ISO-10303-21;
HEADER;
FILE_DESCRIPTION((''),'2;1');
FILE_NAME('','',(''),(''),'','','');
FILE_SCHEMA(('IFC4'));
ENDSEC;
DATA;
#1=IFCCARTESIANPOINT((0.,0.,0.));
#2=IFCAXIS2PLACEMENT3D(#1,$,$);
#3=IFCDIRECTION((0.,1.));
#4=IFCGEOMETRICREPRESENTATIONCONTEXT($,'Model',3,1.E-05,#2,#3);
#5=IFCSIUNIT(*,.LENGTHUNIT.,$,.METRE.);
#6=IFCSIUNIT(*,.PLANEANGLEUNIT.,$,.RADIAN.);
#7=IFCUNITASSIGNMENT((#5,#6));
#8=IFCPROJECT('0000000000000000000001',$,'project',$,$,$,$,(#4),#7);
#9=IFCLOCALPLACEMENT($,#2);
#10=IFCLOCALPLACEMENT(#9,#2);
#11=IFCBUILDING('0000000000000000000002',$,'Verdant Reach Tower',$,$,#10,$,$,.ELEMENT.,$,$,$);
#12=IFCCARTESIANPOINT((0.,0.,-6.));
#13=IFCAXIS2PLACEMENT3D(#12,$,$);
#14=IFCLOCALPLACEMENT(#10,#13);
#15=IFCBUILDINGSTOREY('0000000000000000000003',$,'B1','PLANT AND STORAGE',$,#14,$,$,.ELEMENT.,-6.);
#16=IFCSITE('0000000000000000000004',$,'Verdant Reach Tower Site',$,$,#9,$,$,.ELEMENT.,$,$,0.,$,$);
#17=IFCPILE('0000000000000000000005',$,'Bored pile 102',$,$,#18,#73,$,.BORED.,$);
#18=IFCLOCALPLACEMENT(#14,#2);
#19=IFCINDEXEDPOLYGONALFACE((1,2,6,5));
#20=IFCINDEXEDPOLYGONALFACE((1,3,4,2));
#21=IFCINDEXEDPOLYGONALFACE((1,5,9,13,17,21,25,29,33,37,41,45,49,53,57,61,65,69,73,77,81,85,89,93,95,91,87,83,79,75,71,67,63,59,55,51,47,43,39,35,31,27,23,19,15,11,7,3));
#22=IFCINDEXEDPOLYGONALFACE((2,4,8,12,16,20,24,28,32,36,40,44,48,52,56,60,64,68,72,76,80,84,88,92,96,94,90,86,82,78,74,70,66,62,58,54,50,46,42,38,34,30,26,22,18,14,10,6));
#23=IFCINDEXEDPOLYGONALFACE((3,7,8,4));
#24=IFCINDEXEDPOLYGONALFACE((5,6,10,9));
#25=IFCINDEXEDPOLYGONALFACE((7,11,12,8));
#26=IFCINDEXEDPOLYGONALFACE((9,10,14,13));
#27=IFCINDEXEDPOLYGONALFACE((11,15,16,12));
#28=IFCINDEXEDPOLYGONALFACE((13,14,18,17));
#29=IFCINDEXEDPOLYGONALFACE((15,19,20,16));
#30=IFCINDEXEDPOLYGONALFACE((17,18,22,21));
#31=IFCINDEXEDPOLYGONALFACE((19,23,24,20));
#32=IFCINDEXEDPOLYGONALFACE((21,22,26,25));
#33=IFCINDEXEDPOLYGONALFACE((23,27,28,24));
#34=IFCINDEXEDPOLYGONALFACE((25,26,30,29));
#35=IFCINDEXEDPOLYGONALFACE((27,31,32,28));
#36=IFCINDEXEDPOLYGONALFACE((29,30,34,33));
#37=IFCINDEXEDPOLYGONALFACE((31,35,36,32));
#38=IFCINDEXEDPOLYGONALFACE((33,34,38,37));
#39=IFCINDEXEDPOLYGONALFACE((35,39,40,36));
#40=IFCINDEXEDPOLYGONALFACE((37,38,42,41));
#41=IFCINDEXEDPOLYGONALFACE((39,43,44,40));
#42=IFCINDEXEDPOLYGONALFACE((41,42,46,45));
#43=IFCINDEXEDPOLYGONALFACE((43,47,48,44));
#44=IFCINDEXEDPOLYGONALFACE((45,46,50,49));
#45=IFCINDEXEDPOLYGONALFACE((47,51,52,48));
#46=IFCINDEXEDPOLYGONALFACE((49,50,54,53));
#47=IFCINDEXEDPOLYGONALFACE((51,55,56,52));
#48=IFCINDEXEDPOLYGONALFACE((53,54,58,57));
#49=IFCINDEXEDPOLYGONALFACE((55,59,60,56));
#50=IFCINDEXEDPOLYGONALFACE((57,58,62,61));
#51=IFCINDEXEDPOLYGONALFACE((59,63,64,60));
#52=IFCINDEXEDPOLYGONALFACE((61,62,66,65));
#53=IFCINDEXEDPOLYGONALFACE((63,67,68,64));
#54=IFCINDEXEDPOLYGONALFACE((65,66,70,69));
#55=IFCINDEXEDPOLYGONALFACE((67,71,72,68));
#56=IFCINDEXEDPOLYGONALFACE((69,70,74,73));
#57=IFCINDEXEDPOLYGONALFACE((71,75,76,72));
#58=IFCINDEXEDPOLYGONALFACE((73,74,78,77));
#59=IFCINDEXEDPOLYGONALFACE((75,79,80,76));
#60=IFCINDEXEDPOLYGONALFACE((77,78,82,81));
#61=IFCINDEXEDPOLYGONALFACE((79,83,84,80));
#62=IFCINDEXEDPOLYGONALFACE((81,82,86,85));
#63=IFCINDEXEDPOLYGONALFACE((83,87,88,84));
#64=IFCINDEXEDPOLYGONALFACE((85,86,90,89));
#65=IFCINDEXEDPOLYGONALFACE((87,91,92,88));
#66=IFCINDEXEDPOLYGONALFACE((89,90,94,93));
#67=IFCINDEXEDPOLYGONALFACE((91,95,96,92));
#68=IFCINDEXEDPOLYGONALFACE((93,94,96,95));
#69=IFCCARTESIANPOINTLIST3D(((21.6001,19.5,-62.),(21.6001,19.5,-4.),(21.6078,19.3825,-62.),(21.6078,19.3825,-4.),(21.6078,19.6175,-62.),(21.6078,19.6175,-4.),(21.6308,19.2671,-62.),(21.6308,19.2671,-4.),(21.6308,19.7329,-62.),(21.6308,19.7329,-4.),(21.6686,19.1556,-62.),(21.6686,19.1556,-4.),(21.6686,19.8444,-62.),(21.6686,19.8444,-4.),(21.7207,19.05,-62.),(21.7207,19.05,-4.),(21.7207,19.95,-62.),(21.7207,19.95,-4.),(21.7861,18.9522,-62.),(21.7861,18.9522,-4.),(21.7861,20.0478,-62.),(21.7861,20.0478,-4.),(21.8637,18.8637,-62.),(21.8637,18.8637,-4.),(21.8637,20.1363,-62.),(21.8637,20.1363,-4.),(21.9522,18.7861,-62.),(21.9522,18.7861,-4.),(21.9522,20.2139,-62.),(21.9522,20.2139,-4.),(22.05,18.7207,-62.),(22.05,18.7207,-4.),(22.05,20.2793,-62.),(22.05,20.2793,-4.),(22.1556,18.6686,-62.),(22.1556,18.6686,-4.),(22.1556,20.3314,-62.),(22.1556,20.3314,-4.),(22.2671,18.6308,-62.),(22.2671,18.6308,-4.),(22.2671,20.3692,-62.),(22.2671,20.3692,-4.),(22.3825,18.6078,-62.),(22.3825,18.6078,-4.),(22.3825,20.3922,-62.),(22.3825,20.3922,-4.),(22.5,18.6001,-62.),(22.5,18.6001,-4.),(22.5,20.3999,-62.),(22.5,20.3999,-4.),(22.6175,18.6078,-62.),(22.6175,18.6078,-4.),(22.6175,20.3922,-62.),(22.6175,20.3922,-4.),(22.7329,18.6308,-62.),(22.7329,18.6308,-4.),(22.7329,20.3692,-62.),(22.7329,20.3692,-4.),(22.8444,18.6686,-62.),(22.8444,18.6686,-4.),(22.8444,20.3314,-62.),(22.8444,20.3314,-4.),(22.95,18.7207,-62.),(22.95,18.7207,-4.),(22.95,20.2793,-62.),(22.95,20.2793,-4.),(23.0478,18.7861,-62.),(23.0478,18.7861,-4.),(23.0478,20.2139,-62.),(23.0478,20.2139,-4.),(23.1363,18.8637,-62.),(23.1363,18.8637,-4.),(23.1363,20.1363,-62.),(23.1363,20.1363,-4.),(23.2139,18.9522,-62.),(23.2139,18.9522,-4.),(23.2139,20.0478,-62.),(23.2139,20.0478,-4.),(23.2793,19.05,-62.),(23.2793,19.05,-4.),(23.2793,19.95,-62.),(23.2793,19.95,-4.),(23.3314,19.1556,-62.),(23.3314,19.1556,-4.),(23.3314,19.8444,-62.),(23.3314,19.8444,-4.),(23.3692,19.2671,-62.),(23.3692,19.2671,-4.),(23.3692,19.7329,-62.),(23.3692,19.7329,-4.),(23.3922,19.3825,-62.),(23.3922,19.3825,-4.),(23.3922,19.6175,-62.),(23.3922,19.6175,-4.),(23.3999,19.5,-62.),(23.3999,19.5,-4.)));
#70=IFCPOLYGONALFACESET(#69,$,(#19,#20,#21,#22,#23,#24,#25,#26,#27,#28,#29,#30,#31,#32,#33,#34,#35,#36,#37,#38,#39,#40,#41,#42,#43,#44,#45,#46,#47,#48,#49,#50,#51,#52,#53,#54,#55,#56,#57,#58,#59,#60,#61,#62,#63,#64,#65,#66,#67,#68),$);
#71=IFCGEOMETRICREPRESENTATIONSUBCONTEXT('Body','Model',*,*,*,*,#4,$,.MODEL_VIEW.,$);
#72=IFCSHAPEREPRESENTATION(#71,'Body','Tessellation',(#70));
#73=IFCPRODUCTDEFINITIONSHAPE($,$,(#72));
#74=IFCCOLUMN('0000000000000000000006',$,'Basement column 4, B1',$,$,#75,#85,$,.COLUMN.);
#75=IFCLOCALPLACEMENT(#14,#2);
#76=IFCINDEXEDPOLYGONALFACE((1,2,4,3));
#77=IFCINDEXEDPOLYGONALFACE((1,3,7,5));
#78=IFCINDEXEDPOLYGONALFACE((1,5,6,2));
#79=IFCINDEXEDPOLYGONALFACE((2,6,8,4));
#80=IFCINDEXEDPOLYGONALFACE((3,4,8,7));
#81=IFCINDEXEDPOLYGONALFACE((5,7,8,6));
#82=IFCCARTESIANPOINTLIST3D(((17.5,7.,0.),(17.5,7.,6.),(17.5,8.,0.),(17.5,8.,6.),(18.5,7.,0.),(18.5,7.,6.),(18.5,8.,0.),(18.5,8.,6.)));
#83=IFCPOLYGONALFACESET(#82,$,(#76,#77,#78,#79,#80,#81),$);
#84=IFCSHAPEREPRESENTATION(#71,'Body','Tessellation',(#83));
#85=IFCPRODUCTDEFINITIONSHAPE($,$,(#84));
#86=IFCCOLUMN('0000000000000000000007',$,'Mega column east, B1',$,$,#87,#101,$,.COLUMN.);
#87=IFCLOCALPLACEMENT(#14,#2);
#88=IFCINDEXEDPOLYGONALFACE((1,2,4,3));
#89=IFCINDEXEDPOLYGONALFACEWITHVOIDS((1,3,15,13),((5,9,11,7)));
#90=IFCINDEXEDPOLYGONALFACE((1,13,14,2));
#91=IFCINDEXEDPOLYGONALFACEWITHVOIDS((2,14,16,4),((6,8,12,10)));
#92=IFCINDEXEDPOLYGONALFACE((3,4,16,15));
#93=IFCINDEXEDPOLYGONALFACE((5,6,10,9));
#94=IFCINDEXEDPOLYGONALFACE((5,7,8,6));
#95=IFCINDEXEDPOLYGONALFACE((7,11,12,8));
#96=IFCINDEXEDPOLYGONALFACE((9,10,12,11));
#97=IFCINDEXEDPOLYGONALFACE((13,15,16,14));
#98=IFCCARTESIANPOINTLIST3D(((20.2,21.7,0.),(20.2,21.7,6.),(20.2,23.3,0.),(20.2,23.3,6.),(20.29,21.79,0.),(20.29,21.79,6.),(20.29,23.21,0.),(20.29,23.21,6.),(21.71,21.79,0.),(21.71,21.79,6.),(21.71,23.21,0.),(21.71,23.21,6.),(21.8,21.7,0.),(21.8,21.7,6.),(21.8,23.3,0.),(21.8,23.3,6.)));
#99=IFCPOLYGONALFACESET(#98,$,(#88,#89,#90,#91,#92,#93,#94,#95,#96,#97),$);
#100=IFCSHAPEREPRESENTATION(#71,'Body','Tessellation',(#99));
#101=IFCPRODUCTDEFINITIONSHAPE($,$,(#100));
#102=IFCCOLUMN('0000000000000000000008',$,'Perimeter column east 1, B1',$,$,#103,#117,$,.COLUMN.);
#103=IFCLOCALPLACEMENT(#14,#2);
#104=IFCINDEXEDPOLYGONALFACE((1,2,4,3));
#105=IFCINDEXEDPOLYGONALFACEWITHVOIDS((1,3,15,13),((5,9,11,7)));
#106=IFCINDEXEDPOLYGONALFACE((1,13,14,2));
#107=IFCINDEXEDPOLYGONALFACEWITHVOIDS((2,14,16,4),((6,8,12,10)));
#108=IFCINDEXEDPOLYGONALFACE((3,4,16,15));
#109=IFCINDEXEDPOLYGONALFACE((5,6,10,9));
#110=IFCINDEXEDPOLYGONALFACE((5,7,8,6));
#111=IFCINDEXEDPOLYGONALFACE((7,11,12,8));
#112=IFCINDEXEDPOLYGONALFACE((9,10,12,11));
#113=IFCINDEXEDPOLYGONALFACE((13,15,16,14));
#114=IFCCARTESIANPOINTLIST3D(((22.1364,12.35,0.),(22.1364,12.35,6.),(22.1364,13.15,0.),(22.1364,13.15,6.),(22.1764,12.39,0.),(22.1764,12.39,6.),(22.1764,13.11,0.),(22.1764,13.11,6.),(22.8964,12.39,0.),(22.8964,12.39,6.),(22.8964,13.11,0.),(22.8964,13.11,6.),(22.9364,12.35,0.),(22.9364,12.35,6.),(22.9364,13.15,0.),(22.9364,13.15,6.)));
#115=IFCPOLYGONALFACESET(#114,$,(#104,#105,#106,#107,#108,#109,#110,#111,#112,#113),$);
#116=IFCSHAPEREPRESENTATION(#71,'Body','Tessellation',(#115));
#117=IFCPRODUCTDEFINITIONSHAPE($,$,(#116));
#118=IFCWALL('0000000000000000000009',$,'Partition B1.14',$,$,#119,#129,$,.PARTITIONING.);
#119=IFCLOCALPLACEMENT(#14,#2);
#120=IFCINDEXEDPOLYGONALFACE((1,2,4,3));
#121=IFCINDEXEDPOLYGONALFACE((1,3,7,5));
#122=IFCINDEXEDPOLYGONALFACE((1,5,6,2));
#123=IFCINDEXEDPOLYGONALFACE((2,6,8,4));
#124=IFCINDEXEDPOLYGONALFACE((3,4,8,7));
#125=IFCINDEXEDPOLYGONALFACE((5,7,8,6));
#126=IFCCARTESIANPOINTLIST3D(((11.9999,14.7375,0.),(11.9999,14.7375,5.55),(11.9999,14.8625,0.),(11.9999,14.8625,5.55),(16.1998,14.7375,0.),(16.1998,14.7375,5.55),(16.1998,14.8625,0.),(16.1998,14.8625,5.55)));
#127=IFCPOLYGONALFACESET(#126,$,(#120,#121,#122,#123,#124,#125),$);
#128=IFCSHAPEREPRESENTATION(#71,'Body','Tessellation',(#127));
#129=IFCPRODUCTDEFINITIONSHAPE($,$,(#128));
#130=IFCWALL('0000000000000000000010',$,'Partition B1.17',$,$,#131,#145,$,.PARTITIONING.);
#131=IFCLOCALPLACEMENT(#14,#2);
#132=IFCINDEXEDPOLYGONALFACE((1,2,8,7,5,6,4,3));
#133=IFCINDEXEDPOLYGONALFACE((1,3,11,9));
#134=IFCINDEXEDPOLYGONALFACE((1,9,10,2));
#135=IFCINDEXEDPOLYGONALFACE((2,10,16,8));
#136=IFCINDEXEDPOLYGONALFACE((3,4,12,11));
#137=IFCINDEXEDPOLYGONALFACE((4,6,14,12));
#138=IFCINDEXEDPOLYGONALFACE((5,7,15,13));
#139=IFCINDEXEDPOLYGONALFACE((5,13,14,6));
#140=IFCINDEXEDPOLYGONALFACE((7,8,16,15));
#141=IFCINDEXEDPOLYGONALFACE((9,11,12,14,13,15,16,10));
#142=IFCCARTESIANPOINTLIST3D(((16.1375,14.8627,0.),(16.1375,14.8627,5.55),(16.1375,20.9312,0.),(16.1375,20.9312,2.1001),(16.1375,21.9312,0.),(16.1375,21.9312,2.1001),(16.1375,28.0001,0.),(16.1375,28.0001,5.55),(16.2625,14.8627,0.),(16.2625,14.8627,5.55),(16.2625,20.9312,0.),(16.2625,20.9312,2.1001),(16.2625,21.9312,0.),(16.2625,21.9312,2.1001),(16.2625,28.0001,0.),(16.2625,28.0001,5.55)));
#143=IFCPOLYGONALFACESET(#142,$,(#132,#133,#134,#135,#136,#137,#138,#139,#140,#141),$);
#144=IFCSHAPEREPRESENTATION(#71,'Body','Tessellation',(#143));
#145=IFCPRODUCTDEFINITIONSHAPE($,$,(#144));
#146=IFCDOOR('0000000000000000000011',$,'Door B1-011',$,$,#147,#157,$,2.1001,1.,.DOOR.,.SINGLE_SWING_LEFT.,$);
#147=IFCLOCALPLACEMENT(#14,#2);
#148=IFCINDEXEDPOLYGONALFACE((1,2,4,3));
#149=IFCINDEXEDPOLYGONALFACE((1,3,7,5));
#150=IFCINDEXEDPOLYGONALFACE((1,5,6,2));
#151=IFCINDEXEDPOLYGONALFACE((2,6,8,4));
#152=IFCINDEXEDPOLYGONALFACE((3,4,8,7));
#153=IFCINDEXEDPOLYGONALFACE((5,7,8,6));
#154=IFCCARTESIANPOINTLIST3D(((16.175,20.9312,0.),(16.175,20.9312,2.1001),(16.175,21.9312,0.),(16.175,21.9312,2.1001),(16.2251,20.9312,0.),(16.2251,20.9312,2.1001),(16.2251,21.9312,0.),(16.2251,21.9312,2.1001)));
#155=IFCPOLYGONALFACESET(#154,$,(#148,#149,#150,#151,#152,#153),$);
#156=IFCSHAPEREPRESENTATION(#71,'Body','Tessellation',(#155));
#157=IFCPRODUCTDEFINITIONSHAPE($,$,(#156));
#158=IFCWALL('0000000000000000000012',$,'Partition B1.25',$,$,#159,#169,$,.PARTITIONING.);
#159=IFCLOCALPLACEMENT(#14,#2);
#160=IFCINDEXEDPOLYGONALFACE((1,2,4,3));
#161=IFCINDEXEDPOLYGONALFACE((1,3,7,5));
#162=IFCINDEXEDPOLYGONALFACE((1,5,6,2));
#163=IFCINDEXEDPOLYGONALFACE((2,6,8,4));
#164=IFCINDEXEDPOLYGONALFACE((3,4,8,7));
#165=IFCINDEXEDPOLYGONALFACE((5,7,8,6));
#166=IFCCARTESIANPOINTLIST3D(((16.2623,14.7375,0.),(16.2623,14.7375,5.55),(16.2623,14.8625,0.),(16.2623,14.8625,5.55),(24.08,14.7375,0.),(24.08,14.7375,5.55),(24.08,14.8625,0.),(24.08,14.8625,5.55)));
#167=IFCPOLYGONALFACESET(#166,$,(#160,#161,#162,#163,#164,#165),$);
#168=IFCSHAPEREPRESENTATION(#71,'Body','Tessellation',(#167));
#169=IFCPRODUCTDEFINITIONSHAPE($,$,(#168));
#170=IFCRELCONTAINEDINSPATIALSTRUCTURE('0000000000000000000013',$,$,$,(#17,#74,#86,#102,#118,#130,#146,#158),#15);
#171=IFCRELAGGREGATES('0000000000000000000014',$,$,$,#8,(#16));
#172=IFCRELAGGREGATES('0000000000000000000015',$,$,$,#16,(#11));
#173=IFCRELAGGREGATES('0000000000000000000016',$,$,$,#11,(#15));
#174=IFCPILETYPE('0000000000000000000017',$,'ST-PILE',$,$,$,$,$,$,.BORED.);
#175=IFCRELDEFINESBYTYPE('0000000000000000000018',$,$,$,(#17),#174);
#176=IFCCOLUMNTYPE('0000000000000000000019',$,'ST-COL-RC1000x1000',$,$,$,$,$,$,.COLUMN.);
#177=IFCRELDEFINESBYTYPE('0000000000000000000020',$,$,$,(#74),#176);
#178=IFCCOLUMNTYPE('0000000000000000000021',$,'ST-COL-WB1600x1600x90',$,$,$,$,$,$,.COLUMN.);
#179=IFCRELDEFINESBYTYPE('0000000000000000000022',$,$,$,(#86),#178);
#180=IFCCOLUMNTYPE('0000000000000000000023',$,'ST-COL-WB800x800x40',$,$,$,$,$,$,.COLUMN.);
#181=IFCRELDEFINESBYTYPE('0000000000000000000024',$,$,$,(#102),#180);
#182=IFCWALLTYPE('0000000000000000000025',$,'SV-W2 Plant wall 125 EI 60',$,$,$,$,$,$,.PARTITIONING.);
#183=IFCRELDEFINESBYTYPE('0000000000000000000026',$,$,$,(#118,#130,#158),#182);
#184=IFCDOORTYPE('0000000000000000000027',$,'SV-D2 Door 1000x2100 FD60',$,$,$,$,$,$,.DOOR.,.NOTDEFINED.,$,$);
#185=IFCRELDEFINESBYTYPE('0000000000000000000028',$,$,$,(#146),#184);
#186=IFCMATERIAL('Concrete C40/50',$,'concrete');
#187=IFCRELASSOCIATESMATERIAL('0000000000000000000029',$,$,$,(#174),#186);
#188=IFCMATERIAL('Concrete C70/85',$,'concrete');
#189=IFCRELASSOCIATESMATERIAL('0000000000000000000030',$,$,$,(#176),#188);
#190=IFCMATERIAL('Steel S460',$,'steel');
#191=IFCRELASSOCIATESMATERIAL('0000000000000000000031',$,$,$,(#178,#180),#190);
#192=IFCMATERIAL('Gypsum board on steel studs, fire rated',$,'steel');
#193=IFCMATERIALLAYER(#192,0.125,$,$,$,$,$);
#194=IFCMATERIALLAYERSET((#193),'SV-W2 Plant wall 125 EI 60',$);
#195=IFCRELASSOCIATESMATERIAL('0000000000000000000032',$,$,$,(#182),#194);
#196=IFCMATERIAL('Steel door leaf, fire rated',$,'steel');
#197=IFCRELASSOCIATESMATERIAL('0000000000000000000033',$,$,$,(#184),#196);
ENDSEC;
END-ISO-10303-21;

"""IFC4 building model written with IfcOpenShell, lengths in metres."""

from ifc_helpers import new_model, si_unit, direction, frame, frame_2d, origin, origin_2d, place, context, subcontext, project, spatial, rectangle, hollow_rectangle, circle, extrude, material, layer, layer_set, material_profile, profile_set, type_object, element, fill, save


model = new_model("IFC4")

# Units and contexts
model_context = context("Model", 3, precision=1e-05, world=origin(), true_north=direction((0.0, 1.0)))
body_context = subcontext(model_context, "Body", "Model", "MODEL_VIEW")
ifc_project = project(units=[si_unit("LENGTHUNIT", "METRE"), si_unit("PLANEANGLEUNIT", "RADIAN")], contexts=[model_context])

# Site, building, storey
site_placement = place(None, origin())
site = spatial("IfcSite", under=ifc_project, at=site_placement, Name="Verdant Reach Tower Site", CompositionType="ELEMENT", RefElevation=0.0)
building_placement = place(site_placement, origin())
building = spatial("IfcBuilding", under=site, at=building_placement, Name="Verdant Reach Tower", CompositionType="ELEMENT")
storey_placement = place(building_placement, frame((0.0, 0.0, -6.0)))
storey = spatial("IfcBuildingStorey", under=building, at=storey_placement, Name="B1", Description="PLANT AND STORAGE", CompositionType="ELEMENT", Elevation=-6.0)

# Pile
ifc_material_1 = material(Name="Concrete C40/50", Category="concrete")
ifc_material_profile_1 = material_profile(ifc_material_1, circle(Radius=0.8999, at=origin_2d()), Name="BP 1800")
ifc_profile_set_1 = profile_set([ifc_material_profile_1], Name="Concrete C40/50")
pile_type = type_object("IfcPileType", Name="ST-PILE", PredefinedType="BORED", material=ifc_profile_set_1)
for number, where, z_axis, x_axis, name in (
    (1, (22.5, 19.5, -4.0), (0.0, 0.0, -1.0), (1.0, 0.0, 0.0), "Bored pile 102"),
):
    element("IfcPile", number, at=place(storey_placement, frame(where, z_axis=z_axis, x_axis=x_axis)), inside=storey, type_object=pile_type, Name=name, PredefinedType="BORED", context=body_context, shape_type="SweptSolid", body=[
        extrude(circle(Radius=0.8999, at=origin_2d()), origin(), (0.0, 0.0, 1.0), 58.0),
    ])

# Columns
ifc_material_2 = material(Name="Concrete C70/85", Category="concrete")
ifc_material_profile_2 = material_profile(ifc_material_2, rectangle(XDim=1.0, YDim=1.0, at=origin_2d()), Name="RC 1000x1000")
ifc_profile_set_2 = profile_set([ifc_material_profile_2], Name="Concrete C70/85")
column_type_1 = type_object("IfcColumnType", Name="ST-COL-RC1000x1000", PredefinedType="COLUMN", material=ifc_profile_set_2)
column_1_placement = place(storey_placement, frame((18.0, 7.5, 0.0), z_axis=(0.0, 0.0, 1.0), x_axis=(1.0, 0.0, 0.0)))
element("IfcColumn", 2, at=column_1_placement, inside=storey, type_object=column_type_1, Name="Basement column 4, B1", PredefinedType="COLUMN", context=body_context, shape_type="SweptSolid", body=[
    extrude(rectangle(XDim=1.0, YDim=1.0, at=origin_2d()), origin(), (0.0, 0.0, 1.0), 6.0),
])
ifc_material_3 = material(Name="Steel S460", Category="steel")
ifc_material_profile_3 = material_profile(ifc_material_3, hollow_rectangle(XDim=1.6001, YDim=1.6001, WallThickness=0.0901, at=origin_2d()), Name="WB 1600x1600x90")
ifc_profile_set_3 = profile_set([ifc_material_profile_3], Name="Steel S460")
column_type_2 = type_object("IfcColumnType", Name="ST-COL-WB1600x1600x90", PredefinedType="COLUMN", material=ifc_profile_set_3)
column_2_placement = place(storey_placement, frame((21.0, 22.5, 0.0), z_axis=(0.0, 0.0, 1.0), x_axis=(1.0, 0.0, 0.0)))
element("IfcColumn", 3, at=column_2_placement, inside=storey, type_object=column_type_2, Name="Mega column east, B1", PredefinedType="COLUMN", context=body_context, shape_type="SweptSolid", body=[
    extrude(hollow_rectangle(XDim=1.6001, YDim=1.6001, WallThickness=0.0901, at=origin_2d()), origin(), (0.0, 0.0, 1.0), 6.0),
])
ifc_material_profile_4 = material_profile(ifc_material_3, hollow_rectangle(XDim=0.8, YDim=0.8, WallThickness=0.04, at=origin_2d()), Name="WB 800x800x40")
ifc_profile_set_4 = profile_set([ifc_material_profile_4], Name="Steel S460")
column_type_3 = type_object("IfcColumnType", Name="ST-COL-WB800x800x40", PredefinedType="COLUMN", material=ifc_profile_set_4)
column_3_placement = place(storey_placement, frame((22.5364, 12.75, 0.0), z_axis=(0.0, 0.0, 1.0), x_axis=(1.0, 0.0, 0.0)))
element("IfcColumn", 4, at=column_3_placement, inside=storey, type_object=column_type_3, Name="Perimeter column east 1, B1", PredefinedType="COLUMN", context=body_context, shape_type="SweptSolid", body=[
    extrude(hollow_rectangle(XDim=0.8, YDim=0.8, WallThickness=0.04, at=origin_2d()), origin(), (0.0, 0.0, 1.0), 6.0),
])

# Wall
ifc_material_4 = material(Name="Gypsum board on steel studs, fire rated", Category="steel")
ifc_layer_1 = layer(ifc_material_4, 0.125)
ifc_layer_set_1 = layer_set([ifc_layer_1], Name="SV-W2 Plant wall 125 EI 60")
wall_type_1 = type_object("IfcWallType", Name="SV-W2 Plant wall 125 EI 60", PredefinedType="PARTITIONING", material=ifc_layer_set_1)
wall_1_placement = place(storey_placement, frame((16.2, 14.8, 0.0), z_axis=(0.0, 0.0, 1.0), x_axis=(-1.0, 0.0, 0.0)))
element("IfcWall", 5, at=wall_1_placement, inside=storey, type_object=wall_type_1, Name="Partition B1.14", PredefinedType="PARTITIONING", context=body_context, shape_type="SweptSolid", body=[
    extrude(rectangle(XDim=4.2, YDim=0.125, at=frame_2d((2.1001, 0.0))), origin(), (0.0, 0.0, 1.0), 5.55),
])

# Wall, opening, door
wall_2_placement = place(storey_placement, frame((16.2, 14.8625, 0.0), z_axis=(0.0, 0.0, 1.0), x_axis=(0.0, 1.0, 0.0)))
wall_2 = element("IfcWall", 6, at=wall_2_placement, inside=storey, type_object=wall_type_1, Name="Partition B1.17", PredefinedType="PARTITIONING", context=body_context, shape_type="SweptSolid", body=[
    extrude(rectangle(XDim=13.1375, YDim=0.125, at=frame_2d((6.5688, 0.0))), origin(), (0.0, 0.0, 1.0), 5.55),
])
opening_1_placement = place(wall_2_placement, frame((6.0686, 0.0, 0.0)))
opening_1 = element("IfcOpeningElement", 7, at=opening_1_placement, cuts=wall_2, PredefinedType="OPENING", context=body_context, shape_type="SweptSolid", body=[
    extrude(rectangle(XDim=1.0, YDim=2.1001, at=frame_2d((0.5, 1.05))), frame((0.0, 0.0725, 0.0), z_axis=(0.0, -1.0, 0.0), x_axis=(1.0, 0.0, 0.0)), (0.0, 0.0, 1.0), 0.145),
])
ifc_material_5 = material(Name="Steel door leaf, fire rated", Category="steel")
door_type_1 = type_object("IfcDoorType", Name="SV-D2 Door 1000x2100 FD60", OperationType="NOTDEFINED", PredefinedType="DOOR", material=ifc_material_5)
door_1_placement = place(opening_1_placement, origin())
door_1 = element("IfcDoor", 8, at=door_1_placement, inside=storey, type_object=door_type_1, Name="Door B1-011", OperationType="SINGLE_SWING_LEFT", OverallHeight=2.1001, OverallWidth=1.0, PredefinedType="DOOR", context=body_context, shape_type="SweptSolid", body=[
    extrude(rectangle(XDim=1.0, YDim=2.1001, at=frame_2d((0.5, 1.05))), frame((0.0, 0.0249, 0.0), z_axis=(0.0, -1.0, 0.0), x_axis=(1.0, 0.0, 0.0)), (0.0, 0.0, 1.0), 0.05),
])
fill(opening_1, door_1)

# Wall
wall_3_placement = place(storey_placement, frame((16.2625, 14.8, 0.0), z_axis=(0.0, 0.0, 1.0), x_axis=(1.0, 0.0, 0.0)))
element("IfcWall", 9, at=wall_3_placement, inside=storey, type_object=wall_type_1, Name="Partition B1.25", PredefinedType="PARTITIONING", context=body_context, shape_type="SweptSolid", body=[
    extrude(rectangle(XDim=7.8176, YDim=0.125, at=frame_2d((3.9087, 0.0))), origin(), (0.0, 0.0, 1.0), 5.55),
])

save(model, "model.ifc")
